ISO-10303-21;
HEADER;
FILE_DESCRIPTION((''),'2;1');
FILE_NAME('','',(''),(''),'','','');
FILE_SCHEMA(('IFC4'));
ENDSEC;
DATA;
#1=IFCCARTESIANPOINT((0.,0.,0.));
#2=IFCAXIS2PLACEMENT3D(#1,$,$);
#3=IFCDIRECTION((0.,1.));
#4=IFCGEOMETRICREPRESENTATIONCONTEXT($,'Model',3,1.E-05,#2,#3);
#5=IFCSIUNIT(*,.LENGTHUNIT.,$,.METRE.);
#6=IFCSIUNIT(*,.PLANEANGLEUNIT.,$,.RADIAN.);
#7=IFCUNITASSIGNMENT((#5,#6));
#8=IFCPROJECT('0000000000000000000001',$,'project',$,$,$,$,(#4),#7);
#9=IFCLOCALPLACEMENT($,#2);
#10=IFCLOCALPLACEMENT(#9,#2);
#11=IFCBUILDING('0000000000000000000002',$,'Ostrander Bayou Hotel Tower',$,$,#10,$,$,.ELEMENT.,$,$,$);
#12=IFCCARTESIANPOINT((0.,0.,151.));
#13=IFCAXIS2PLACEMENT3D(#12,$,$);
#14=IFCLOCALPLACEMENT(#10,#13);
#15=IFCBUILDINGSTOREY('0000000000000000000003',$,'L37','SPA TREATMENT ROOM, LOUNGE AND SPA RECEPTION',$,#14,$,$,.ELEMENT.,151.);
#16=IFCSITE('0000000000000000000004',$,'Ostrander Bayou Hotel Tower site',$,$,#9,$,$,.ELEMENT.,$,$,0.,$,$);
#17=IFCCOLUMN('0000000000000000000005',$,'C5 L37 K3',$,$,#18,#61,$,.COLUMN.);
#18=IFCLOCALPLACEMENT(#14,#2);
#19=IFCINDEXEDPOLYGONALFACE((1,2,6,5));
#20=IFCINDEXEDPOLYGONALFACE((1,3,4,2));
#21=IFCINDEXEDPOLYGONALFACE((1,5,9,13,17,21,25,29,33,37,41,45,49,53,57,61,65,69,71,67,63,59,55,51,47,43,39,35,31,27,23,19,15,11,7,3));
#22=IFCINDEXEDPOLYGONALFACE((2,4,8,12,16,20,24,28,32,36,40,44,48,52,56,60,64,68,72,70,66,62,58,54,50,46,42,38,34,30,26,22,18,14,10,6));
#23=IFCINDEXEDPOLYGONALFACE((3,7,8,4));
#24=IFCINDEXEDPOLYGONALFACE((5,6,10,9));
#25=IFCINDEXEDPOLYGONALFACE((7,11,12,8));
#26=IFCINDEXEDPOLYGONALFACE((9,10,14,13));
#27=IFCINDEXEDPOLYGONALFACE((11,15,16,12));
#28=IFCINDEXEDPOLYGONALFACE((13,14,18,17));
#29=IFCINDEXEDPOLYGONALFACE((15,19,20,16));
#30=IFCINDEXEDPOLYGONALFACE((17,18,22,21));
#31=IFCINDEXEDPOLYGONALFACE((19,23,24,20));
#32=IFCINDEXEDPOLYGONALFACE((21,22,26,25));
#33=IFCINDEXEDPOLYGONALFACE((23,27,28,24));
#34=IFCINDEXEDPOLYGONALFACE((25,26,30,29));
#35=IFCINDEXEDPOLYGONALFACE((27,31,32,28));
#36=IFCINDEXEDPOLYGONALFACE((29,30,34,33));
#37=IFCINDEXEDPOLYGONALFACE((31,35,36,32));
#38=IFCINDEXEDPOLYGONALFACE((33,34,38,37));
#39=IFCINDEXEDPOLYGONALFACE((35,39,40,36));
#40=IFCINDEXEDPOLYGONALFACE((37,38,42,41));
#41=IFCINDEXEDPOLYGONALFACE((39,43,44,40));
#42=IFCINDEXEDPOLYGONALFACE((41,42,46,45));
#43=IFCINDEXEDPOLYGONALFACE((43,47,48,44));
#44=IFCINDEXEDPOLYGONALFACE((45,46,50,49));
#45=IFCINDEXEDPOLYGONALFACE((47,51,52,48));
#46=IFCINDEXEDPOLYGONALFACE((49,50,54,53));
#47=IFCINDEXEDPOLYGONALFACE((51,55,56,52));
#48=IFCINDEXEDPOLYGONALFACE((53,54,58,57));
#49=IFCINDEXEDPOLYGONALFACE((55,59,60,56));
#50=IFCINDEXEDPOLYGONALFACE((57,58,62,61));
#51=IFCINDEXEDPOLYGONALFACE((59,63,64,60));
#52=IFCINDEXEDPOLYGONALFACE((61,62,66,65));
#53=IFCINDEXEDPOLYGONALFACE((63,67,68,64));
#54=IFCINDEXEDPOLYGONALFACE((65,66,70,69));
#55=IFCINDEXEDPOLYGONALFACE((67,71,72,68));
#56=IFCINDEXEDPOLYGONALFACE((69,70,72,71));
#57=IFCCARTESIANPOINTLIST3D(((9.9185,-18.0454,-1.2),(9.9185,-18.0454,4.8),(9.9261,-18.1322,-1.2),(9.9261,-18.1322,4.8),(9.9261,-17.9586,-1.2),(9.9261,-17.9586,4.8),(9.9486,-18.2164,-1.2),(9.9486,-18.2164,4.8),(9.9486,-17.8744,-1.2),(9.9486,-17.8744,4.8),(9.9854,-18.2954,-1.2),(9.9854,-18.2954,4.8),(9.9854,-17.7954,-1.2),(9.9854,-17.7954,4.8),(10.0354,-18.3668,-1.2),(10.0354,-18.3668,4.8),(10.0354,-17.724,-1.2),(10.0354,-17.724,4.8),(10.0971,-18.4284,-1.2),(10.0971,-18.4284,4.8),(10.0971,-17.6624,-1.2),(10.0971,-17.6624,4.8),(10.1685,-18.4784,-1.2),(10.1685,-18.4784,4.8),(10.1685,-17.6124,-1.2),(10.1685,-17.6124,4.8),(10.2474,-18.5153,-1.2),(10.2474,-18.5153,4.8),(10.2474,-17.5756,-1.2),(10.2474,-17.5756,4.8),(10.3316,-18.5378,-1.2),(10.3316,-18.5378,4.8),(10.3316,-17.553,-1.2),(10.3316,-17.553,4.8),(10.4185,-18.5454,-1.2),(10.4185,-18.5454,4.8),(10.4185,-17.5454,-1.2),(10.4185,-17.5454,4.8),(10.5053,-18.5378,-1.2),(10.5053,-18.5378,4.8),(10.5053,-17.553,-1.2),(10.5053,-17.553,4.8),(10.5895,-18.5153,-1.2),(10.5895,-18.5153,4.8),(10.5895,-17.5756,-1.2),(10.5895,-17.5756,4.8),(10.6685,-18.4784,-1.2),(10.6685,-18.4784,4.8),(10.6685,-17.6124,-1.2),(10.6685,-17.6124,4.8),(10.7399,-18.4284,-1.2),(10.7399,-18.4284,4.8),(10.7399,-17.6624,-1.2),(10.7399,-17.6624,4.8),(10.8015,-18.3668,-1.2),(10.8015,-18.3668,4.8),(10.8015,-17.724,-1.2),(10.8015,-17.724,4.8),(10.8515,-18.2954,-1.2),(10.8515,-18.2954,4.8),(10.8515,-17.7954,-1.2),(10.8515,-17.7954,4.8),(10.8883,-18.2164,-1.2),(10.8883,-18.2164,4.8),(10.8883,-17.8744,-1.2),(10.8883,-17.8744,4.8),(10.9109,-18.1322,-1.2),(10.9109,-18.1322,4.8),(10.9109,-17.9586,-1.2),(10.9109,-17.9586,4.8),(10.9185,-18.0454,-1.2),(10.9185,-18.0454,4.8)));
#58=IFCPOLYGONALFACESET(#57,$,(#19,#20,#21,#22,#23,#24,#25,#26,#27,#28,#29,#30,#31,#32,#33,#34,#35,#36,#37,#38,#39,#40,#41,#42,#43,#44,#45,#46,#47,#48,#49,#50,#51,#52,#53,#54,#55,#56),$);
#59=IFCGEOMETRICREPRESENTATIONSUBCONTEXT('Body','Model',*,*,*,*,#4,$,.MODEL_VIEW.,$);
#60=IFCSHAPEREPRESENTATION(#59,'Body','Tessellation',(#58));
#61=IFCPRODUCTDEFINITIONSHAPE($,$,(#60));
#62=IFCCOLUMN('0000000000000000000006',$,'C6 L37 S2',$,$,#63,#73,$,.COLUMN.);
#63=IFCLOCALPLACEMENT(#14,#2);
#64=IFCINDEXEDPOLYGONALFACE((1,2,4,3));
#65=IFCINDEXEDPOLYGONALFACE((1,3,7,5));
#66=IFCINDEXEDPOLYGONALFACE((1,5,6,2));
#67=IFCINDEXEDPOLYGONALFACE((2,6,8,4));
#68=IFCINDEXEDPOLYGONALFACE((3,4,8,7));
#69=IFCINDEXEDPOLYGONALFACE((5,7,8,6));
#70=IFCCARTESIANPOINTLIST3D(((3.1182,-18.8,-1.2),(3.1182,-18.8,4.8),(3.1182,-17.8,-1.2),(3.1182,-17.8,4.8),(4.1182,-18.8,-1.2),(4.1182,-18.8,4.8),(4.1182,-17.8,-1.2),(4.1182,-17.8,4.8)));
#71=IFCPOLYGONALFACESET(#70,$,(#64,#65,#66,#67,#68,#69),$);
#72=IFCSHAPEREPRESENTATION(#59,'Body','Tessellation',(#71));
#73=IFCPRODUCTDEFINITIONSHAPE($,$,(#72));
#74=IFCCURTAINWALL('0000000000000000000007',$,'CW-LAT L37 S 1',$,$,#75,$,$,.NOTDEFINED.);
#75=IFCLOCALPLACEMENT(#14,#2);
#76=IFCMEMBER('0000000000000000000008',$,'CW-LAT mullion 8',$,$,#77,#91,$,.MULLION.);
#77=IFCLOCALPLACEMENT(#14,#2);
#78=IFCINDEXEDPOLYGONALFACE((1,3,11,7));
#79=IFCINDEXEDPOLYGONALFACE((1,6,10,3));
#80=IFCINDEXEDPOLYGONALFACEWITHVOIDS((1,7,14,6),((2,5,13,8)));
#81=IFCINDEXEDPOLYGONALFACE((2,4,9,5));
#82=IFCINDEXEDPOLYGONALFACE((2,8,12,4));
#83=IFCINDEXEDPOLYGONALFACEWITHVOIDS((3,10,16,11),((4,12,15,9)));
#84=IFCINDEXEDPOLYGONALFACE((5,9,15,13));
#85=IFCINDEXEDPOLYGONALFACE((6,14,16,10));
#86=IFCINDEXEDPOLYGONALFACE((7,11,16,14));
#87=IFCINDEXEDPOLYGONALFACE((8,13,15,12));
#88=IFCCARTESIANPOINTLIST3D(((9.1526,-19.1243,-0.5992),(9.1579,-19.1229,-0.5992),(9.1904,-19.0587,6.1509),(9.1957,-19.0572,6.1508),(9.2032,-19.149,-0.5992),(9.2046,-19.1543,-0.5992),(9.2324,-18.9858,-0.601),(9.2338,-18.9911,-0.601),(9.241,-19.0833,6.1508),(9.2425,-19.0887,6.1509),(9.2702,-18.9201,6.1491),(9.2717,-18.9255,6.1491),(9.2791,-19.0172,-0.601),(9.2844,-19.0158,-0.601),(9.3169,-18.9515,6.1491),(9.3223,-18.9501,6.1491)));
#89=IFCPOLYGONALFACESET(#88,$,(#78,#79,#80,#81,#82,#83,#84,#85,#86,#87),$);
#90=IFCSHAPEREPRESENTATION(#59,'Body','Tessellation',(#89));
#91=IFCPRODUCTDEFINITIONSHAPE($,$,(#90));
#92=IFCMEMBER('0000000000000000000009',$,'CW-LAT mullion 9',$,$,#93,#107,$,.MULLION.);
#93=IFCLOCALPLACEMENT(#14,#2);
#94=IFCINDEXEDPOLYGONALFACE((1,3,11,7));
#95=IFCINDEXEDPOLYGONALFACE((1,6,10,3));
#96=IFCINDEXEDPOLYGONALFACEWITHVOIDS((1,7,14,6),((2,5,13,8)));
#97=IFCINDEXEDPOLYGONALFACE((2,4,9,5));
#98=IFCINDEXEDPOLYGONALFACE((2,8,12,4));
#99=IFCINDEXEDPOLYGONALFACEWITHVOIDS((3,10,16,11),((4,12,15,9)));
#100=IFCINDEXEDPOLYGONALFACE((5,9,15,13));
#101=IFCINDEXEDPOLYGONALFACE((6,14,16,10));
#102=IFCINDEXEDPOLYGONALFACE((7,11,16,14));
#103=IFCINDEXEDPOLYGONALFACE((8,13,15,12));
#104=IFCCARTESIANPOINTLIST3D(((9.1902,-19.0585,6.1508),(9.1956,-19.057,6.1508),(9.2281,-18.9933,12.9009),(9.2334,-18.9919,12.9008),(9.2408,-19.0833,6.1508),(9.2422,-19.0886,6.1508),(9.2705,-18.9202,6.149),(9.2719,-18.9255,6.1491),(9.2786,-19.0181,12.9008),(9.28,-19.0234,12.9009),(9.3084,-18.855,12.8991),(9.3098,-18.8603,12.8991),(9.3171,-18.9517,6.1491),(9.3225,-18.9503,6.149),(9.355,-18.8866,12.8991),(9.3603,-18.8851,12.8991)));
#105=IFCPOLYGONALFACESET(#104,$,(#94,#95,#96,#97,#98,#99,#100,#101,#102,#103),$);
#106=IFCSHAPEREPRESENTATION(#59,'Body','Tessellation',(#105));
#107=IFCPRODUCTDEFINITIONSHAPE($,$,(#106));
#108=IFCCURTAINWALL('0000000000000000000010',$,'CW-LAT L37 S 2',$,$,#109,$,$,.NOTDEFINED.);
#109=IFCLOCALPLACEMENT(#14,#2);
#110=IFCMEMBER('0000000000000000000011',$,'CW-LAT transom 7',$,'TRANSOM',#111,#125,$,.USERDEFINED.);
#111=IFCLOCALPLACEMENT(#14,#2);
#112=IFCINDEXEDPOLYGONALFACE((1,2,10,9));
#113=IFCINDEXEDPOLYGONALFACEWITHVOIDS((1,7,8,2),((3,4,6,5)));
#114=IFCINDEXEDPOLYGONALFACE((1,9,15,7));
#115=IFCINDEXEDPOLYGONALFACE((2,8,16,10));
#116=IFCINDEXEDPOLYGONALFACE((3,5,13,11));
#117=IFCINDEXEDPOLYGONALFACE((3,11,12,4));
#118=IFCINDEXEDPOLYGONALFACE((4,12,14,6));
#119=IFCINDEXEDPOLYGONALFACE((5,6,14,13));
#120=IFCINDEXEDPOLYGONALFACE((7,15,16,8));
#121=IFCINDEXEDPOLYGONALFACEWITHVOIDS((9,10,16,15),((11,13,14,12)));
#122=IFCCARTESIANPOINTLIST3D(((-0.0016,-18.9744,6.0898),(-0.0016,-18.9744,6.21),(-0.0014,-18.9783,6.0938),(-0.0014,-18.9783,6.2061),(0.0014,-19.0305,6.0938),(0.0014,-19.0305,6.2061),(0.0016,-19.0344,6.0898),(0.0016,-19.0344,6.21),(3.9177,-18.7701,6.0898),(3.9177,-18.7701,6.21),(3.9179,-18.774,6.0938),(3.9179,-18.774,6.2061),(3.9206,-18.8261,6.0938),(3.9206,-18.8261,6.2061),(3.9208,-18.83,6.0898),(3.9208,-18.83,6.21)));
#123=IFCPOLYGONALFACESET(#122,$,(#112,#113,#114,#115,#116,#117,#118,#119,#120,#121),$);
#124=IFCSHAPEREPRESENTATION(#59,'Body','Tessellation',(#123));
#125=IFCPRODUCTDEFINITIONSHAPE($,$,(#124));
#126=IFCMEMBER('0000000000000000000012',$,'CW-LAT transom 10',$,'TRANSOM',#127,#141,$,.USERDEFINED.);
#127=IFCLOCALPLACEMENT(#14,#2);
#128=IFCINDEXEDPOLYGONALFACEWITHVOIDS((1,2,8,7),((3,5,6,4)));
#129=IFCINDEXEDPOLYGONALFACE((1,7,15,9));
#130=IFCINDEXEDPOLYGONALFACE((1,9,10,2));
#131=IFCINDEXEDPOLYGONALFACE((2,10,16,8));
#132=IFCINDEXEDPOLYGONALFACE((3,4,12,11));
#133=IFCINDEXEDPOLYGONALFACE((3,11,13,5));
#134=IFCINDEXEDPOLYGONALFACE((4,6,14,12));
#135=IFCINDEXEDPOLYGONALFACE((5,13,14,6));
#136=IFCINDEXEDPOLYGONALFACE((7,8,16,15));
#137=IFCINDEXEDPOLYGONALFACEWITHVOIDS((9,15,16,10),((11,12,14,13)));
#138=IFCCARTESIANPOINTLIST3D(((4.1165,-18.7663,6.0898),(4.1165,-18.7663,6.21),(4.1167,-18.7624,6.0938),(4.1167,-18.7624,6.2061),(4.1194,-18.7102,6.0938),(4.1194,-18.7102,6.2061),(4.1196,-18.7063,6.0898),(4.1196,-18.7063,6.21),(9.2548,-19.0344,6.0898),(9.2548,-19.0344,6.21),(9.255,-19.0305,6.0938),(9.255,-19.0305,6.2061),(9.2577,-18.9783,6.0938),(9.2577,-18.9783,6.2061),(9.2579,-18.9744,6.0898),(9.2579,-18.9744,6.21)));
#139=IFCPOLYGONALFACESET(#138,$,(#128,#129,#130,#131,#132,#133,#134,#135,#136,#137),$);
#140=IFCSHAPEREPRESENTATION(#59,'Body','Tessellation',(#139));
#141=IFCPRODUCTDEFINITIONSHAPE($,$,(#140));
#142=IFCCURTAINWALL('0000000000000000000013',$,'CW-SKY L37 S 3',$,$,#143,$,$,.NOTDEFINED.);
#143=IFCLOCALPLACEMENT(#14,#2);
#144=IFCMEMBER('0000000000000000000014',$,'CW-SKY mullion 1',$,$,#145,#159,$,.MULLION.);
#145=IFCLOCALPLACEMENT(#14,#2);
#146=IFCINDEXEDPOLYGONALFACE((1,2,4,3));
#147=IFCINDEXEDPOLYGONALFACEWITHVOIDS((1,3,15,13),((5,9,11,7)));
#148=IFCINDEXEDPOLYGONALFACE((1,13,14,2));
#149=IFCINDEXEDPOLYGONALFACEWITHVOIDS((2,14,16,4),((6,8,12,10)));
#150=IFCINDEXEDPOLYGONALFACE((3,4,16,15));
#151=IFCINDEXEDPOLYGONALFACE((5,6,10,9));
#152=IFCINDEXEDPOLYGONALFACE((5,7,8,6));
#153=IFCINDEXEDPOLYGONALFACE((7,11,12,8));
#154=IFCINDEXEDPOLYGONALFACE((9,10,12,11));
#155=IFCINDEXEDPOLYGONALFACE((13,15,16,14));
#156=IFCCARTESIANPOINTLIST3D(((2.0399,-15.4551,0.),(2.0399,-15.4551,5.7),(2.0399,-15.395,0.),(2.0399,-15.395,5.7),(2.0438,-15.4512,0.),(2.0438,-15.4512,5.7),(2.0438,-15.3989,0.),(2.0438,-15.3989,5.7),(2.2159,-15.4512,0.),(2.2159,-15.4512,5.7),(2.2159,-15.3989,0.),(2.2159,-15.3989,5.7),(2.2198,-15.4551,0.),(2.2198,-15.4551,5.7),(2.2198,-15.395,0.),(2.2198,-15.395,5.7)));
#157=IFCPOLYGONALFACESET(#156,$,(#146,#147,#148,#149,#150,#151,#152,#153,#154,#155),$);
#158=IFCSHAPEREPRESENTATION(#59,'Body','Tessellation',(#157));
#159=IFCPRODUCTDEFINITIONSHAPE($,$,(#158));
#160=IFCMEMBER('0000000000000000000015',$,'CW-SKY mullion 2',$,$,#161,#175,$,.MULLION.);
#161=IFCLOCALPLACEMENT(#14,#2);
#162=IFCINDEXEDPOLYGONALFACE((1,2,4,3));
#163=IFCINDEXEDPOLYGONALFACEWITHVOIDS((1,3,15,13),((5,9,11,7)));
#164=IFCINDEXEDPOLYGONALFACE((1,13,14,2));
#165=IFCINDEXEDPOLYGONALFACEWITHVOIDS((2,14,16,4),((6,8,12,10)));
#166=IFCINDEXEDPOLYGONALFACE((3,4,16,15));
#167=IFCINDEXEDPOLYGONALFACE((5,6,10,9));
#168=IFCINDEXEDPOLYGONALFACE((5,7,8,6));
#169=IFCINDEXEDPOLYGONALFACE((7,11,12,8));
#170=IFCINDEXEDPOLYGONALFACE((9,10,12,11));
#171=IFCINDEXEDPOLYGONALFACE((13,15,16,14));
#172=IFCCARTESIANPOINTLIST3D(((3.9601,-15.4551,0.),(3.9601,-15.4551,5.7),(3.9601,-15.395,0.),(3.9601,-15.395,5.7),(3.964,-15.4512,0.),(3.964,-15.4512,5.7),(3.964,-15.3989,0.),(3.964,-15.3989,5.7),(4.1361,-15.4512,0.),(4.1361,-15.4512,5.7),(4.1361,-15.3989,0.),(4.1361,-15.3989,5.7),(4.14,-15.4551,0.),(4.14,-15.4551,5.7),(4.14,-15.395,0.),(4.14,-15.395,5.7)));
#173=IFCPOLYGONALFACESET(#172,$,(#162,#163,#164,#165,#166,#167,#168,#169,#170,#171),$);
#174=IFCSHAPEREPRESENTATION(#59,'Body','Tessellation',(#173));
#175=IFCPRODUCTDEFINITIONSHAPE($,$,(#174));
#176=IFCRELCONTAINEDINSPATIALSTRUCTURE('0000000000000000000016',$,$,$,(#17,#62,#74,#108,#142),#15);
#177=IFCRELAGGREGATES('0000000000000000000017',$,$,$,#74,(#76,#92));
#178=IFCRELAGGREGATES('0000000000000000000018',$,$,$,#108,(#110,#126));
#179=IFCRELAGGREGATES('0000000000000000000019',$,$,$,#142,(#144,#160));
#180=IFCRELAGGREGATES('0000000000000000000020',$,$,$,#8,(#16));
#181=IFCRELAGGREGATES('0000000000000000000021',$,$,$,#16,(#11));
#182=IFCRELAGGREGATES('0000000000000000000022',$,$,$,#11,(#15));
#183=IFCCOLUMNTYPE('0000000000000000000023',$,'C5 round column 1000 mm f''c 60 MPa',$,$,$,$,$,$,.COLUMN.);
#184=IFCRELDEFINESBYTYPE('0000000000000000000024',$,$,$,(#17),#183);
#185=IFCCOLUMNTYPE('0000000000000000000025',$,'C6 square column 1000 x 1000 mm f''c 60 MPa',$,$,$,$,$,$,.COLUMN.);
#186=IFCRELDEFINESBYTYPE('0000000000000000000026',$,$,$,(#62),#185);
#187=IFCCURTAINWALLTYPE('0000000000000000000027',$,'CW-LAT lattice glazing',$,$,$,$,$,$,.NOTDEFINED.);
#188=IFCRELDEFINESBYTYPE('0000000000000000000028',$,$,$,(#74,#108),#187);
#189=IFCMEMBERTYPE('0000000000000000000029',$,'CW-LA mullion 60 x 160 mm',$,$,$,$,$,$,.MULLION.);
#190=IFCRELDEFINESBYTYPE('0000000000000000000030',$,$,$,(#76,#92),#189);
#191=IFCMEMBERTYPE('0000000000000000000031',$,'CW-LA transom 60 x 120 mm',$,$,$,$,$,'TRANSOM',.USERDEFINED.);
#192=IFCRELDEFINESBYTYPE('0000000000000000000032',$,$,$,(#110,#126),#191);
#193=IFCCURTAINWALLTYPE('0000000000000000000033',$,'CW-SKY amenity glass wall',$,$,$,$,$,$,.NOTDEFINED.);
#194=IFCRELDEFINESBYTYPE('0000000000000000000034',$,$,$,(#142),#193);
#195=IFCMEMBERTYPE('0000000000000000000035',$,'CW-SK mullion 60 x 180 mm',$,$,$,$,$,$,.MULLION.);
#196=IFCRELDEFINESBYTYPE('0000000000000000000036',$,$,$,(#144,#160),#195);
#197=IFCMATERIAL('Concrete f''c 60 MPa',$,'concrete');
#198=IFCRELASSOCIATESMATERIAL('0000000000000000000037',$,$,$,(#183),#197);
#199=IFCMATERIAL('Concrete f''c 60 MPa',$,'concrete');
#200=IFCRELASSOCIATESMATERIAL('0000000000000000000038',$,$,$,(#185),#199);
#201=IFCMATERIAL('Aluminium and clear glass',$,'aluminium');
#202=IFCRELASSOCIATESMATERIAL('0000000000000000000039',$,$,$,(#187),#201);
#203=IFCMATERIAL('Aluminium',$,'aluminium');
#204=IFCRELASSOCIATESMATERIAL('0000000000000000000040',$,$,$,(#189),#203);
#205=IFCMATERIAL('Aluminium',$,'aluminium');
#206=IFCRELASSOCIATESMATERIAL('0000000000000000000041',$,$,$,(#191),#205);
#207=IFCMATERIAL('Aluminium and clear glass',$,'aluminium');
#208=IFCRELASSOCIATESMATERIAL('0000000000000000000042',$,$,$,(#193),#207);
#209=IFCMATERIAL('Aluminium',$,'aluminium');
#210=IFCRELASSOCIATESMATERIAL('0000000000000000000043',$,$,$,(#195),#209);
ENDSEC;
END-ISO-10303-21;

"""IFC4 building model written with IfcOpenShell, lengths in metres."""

from ifc_helpers import new_model, si_unit, direction, frame, origin, origin_2d, place, context, subcontext, project, spatial, rectangle, hollow_rectangle, circle, extrude, material, material_profile, profile_set, type_object, element, aggregate, save


model = new_model("IFC4")

# Units and contexts
model_context = context("Model", 3, precision=1e-05, world=origin(), true_north=direction((0.0, 1.0)))
body_context = subcontext(model_context, "Body", "Model", "MODEL_VIEW")
ifc_project = project(units=[si_unit("LENGTHUNIT", "METRE"), si_unit("PLANEANGLEUNIT", "RADIAN")], contexts=[model_context])

# Site, building, storey
site_placement = place(None, origin())
site = spatial("IfcSite", under=ifc_project, at=site_placement, Name="Ostrander Bayou Hotel Tower site", CompositionType="ELEMENT", RefElevation=0.0)
building_placement = place(site_placement, origin())
building = spatial("IfcBuilding", under=site, at=building_placement, Name="Ostrander Bayou Hotel Tower", CompositionType="ELEMENT")
storey_placement = place(building_placement, frame((0.0, 0.0, 151.0)))
storey = spatial("IfcBuildingStorey", under=building, at=storey_placement, Name="L37", Description="SPA TREATMENT ROOM, LOUNGE AND SPA RECEPTION", CompositionType="ELEMENT", Elevation=151.0)

# Columns
ifc_material_1 = material(Name="Concrete f'c 60 MPa", Category="concrete")
ifc_material_profile_1 = material_profile(ifc_material_1, circle(Radius=0.5, at=origin_2d()))
ifc_profile_set_1 = profile_set([ifc_material_profile_1], Name="Concrete f'c 60 MPa")
column_type_1 = type_object("IfcColumnType", Name="C5 round column 1000 mm f'c 60 MPa", PredefinedType="COLUMN", material=ifc_profile_set_1)
column_1_placement = place(storey_placement, frame((10.4185, -18.0454, -1.2), z_axis=(0.0, 0.0, 1.0), x_axis=(1.0, 0.0, 0.0)))
element("IfcColumn", 1, at=column_1_placement, inside=storey, type_object=column_type_1, Name="C5 L37 K3", PredefinedType="COLUMN", context=body_context, shape_type="SweptSolid", body=[
    extrude(circle(Radius=0.5, at=origin_2d()), origin(), (0.0, 0.0, 1.0), 6.0),
])
ifc_material_2 = material(Name="Concrete f'c 60 MPa", Category="concrete")
ifc_material_profile_2 = material_profile(ifc_material_2, rectangle(XDim=1.0, YDim=1.0, at=origin_2d()))
ifc_profile_set_2 = profile_set([ifc_material_profile_2], Name="Concrete f'c 60 MPa")
column_type_2 = type_object("IfcColumnType", Name="C6 square column 1000 x 1000 mm f'c 60 MPa", PredefinedType="COLUMN", material=ifc_profile_set_2)
column_2_placement = place(storey_placement, frame((3.6182, -18.3, -1.2), z_axis=(0.0, 0.0, 1.0), x_axis=(-1.0, 0.0, 0.0)))
element("IfcColumn", 2, at=column_2_placement, inside=storey, type_object=column_type_2, Name="C6 L37 S2", PredefinedType="COLUMN", context=body_context, shape_type="SweptSolid", body=[
    extrude(rectangle(XDim=1.0, YDim=1.0, at=origin_2d()), origin(), (0.0, 0.0, 1.0), 6.0),
])

# Curtain walls, members
ifc_material_3 = material(Name="Aluminium and clear glass", Category="aluminium")
curtain_wall_type_1 = type_object("IfcCurtainWallType", Name="CW-LAT lattice glazing", PredefinedType="NOTDEFINED", material=ifc_material_3)
curtain_wall_1_placement = place(storey_placement, origin())
curtain_wall_1 = element("IfcCurtainWall", 3, at=curtain_wall_1_placement, inside=storey, type_object=curtain_wall_type_1, Name="CW-LAT L37 S 1", PredefinedType="NOTDEFINED")
ifc_material_4 = material(Name="Aluminium", Category="aluminium")
ifc_material_profile_3 = material_profile(ifc_material_4, hollow_rectangle(XDim=0.0601, YDim=0.1599, WallThickness=0.0039, at=origin_2d()))
ifc_profile_set_3 = profile_set([ifc_material_profile_3], Name="Aluminium")
member_type_1 = type_object("IfcMemberType", Name="CW-LA mullion 60 x 160 mm", PredefinedType="MULLION", material=ifc_profile_set_3)
member_1_placement = place(storey_placement, frame((9.2185, -19.0701, -0.6001), z_axis=(0.005606, 0.009729, 0.999937), x_axis=(-0.866454, 0.499258, 0.0)))
member_1 = element("IfcMember", 4, at=member_1_placement, type_object=member_type_1, Name="CW-LAT mullion 8", PredefinedType="MULLION", context=body_context, shape_type="SweptSolid", body=[
    extrude(hollow_rectangle(XDim=0.0601, YDim=0.1599, WallThickness=0.0039, at=origin_2d()), origin(), (0.0, 0.0, 1.0), 6.7505),
])
member_2_placement = place(storey_placement, frame((9.2563, -19.0044, 6.1499), z_axis=(0.005606, 0.009657, 0.999938), x_axis=(-0.864834, 0.502057, 0.0)))
member_2 = element("IfcMember", 5, at=member_2_placement, type_object=member_type_1, Name="CW-LAT mullion 9", PredefinedType="MULLION", context=body_context, shape_type="SweptSolid", body=[
    extrude(hollow_rectangle(XDim=0.0601, YDim=0.1599, WallThickness=0.0039, at=origin_2d()), origin(), (0.0, 0.0, 1.0), 6.7505),
])
curtain_wall_2_placement = place(storey_placement, origin())
curtain_wall_2 = element("IfcCurtainWall", 6, at=curtain_wall_2_placement, inside=storey, type_object=curtain_wall_type_1, Name="CW-LAT L37 S 2", PredefinedType="NOTDEFINED")
ifc_material_5 = material(Name="Aluminium", Category="aluminium")
ifc_material_profile_4 = material_profile(ifc_material_5, hollow_rectangle(XDim=0.0601, YDim=0.1201, WallThickness=0.0039, at=origin_2d()))
ifc_profile_set_4 = profile_set([ifc_material_profile_4], Name="Aluminium")
member_type_2 = type_object("IfcMemberType", Name="CW-LA transom 60 x 120 mm", ElementType="TRANSOM", PredefinedType="USERDEFINED", material=ifc_profile_set_4)
member_3_placement = place(storey_placement, frame((0.0, -19.0044, 6.1499), z_axis=(0.998643, 0.052069, 0.0), x_axis=(-0.052069, 0.998643, 0.0)))
member_3 = element("IfcMember", 7, at=member_3_placement, type_object=member_type_2, Name="CW-LAT transom 7", ObjectType="TRANSOM", PredefinedType="USERDEFINED", context=body_context, shape_type="SweptSolid", body=[
    extrude(hollow_rectangle(XDim=0.0601, YDim=0.1201, WallThickness=0.0039, at=origin_2d()), origin(), (0.0, 0.0, 1.0), 3.9246),
])
member_4_placement = place(storey_placement, frame((9.2563, -19.0044, 6.1499), z_axis=(-0.998642, 0.052101, 0.0), x_axis=(-0.052101, -0.998642, 0.0)))
member_4 = element("IfcMember", 8, at=member_4_placement, type_object=member_type_2, Name="CW-LAT transom 10", ObjectType="TRANSOM", PredefinedType="USERDEFINED", context=body_context, shape_type="SweptSolid", body=[
    extrude(hollow_rectangle(XDim=0.0601, YDim=0.1201, WallThickness=0.0039, at=origin_2d()), origin(), (0.0, 0.0, 1.0), 5.1453),
])
ifc_material_6 = material(Name="Aluminium and clear glass", Category="aluminium")
curtain_wall_type_2 = type_object("IfcCurtainWallType", Name="CW-SKY amenity glass wall", PredefinedType="NOTDEFINED", material=ifc_material_6)
curtain_wall_3_placement = place(storey_placement, origin())
curtain_wall_3 = element("IfcCurtainWall", 9, at=curtain_wall_3_placement, inside=storey, type_object=curtain_wall_type_2, Name="CW-SKY L37 S 3", PredefinedType="NOTDEFINED")
ifc_material_7 = material(Name="Aluminium", Category="aluminium")
ifc_material_profile_5 = material_profile(ifc_material_7, hollow_rectangle(XDim=0.0601, YDim=0.1799, WallThickness=0.0039, at=origin_2d()))
ifc_profile_set_5 = profile_set([ifc_material_profile_5], Name="Aluminium")
member_type_3 = type_object("IfcMemberType", Name="CW-SK mullion 60 x 180 mm", PredefinedType="MULLION", material=ifc_profile_set_5)
member_5_placement = place(storey_placement, frame((2.1299, -15.425, 0.0), z_axis=(0.0, 0.0, 1.0), x_axis=(0.0, 1.0, 0.0)))
member_5 = element("IfcMember", 10, at=member_5_placement, type_object=member_type_3, Name="CW-SKY mullion 1", PredefinedType="MULLION", context=body_context, shape_type="SweptSolid", body=[
    extrude(hollow_rectangle(XDim=0.0601, YDim=0.1799, WallThickness=0.0039, at=origin_2d()), origin(), (0.0, 0.0, 1.0), 5.7),
])
member_6_placement = place(storey_placement, frame((4.05, -15.425, 0.0), z_axis=(0.0, 0.0, 1.0), x_axis=(0.0, 1.0, 0.0)))
member_6 = element("IfcMember", 11, at=member_6_placement, type_object=member_type_3, Name="CW-SKY mullion 2", PredefinedType="MULLION", context=body_context, shape_type="SweptSolid", body=[
    extrude(hollow_rectangle(XDim=0.0601, YDim=0.1799, WallThickness=0.0039, at=origin_2d()), origin(), (0.0, 0.0, 1.0), 5.7),
])

aggregate(curtain_wall_1, [member_1, member_2])
aggregate(curtain_wall_2, [member_3, member_4])
aggregate(curtain_wall_3, [member_5, member_6])

save(model, "model.ifc")
